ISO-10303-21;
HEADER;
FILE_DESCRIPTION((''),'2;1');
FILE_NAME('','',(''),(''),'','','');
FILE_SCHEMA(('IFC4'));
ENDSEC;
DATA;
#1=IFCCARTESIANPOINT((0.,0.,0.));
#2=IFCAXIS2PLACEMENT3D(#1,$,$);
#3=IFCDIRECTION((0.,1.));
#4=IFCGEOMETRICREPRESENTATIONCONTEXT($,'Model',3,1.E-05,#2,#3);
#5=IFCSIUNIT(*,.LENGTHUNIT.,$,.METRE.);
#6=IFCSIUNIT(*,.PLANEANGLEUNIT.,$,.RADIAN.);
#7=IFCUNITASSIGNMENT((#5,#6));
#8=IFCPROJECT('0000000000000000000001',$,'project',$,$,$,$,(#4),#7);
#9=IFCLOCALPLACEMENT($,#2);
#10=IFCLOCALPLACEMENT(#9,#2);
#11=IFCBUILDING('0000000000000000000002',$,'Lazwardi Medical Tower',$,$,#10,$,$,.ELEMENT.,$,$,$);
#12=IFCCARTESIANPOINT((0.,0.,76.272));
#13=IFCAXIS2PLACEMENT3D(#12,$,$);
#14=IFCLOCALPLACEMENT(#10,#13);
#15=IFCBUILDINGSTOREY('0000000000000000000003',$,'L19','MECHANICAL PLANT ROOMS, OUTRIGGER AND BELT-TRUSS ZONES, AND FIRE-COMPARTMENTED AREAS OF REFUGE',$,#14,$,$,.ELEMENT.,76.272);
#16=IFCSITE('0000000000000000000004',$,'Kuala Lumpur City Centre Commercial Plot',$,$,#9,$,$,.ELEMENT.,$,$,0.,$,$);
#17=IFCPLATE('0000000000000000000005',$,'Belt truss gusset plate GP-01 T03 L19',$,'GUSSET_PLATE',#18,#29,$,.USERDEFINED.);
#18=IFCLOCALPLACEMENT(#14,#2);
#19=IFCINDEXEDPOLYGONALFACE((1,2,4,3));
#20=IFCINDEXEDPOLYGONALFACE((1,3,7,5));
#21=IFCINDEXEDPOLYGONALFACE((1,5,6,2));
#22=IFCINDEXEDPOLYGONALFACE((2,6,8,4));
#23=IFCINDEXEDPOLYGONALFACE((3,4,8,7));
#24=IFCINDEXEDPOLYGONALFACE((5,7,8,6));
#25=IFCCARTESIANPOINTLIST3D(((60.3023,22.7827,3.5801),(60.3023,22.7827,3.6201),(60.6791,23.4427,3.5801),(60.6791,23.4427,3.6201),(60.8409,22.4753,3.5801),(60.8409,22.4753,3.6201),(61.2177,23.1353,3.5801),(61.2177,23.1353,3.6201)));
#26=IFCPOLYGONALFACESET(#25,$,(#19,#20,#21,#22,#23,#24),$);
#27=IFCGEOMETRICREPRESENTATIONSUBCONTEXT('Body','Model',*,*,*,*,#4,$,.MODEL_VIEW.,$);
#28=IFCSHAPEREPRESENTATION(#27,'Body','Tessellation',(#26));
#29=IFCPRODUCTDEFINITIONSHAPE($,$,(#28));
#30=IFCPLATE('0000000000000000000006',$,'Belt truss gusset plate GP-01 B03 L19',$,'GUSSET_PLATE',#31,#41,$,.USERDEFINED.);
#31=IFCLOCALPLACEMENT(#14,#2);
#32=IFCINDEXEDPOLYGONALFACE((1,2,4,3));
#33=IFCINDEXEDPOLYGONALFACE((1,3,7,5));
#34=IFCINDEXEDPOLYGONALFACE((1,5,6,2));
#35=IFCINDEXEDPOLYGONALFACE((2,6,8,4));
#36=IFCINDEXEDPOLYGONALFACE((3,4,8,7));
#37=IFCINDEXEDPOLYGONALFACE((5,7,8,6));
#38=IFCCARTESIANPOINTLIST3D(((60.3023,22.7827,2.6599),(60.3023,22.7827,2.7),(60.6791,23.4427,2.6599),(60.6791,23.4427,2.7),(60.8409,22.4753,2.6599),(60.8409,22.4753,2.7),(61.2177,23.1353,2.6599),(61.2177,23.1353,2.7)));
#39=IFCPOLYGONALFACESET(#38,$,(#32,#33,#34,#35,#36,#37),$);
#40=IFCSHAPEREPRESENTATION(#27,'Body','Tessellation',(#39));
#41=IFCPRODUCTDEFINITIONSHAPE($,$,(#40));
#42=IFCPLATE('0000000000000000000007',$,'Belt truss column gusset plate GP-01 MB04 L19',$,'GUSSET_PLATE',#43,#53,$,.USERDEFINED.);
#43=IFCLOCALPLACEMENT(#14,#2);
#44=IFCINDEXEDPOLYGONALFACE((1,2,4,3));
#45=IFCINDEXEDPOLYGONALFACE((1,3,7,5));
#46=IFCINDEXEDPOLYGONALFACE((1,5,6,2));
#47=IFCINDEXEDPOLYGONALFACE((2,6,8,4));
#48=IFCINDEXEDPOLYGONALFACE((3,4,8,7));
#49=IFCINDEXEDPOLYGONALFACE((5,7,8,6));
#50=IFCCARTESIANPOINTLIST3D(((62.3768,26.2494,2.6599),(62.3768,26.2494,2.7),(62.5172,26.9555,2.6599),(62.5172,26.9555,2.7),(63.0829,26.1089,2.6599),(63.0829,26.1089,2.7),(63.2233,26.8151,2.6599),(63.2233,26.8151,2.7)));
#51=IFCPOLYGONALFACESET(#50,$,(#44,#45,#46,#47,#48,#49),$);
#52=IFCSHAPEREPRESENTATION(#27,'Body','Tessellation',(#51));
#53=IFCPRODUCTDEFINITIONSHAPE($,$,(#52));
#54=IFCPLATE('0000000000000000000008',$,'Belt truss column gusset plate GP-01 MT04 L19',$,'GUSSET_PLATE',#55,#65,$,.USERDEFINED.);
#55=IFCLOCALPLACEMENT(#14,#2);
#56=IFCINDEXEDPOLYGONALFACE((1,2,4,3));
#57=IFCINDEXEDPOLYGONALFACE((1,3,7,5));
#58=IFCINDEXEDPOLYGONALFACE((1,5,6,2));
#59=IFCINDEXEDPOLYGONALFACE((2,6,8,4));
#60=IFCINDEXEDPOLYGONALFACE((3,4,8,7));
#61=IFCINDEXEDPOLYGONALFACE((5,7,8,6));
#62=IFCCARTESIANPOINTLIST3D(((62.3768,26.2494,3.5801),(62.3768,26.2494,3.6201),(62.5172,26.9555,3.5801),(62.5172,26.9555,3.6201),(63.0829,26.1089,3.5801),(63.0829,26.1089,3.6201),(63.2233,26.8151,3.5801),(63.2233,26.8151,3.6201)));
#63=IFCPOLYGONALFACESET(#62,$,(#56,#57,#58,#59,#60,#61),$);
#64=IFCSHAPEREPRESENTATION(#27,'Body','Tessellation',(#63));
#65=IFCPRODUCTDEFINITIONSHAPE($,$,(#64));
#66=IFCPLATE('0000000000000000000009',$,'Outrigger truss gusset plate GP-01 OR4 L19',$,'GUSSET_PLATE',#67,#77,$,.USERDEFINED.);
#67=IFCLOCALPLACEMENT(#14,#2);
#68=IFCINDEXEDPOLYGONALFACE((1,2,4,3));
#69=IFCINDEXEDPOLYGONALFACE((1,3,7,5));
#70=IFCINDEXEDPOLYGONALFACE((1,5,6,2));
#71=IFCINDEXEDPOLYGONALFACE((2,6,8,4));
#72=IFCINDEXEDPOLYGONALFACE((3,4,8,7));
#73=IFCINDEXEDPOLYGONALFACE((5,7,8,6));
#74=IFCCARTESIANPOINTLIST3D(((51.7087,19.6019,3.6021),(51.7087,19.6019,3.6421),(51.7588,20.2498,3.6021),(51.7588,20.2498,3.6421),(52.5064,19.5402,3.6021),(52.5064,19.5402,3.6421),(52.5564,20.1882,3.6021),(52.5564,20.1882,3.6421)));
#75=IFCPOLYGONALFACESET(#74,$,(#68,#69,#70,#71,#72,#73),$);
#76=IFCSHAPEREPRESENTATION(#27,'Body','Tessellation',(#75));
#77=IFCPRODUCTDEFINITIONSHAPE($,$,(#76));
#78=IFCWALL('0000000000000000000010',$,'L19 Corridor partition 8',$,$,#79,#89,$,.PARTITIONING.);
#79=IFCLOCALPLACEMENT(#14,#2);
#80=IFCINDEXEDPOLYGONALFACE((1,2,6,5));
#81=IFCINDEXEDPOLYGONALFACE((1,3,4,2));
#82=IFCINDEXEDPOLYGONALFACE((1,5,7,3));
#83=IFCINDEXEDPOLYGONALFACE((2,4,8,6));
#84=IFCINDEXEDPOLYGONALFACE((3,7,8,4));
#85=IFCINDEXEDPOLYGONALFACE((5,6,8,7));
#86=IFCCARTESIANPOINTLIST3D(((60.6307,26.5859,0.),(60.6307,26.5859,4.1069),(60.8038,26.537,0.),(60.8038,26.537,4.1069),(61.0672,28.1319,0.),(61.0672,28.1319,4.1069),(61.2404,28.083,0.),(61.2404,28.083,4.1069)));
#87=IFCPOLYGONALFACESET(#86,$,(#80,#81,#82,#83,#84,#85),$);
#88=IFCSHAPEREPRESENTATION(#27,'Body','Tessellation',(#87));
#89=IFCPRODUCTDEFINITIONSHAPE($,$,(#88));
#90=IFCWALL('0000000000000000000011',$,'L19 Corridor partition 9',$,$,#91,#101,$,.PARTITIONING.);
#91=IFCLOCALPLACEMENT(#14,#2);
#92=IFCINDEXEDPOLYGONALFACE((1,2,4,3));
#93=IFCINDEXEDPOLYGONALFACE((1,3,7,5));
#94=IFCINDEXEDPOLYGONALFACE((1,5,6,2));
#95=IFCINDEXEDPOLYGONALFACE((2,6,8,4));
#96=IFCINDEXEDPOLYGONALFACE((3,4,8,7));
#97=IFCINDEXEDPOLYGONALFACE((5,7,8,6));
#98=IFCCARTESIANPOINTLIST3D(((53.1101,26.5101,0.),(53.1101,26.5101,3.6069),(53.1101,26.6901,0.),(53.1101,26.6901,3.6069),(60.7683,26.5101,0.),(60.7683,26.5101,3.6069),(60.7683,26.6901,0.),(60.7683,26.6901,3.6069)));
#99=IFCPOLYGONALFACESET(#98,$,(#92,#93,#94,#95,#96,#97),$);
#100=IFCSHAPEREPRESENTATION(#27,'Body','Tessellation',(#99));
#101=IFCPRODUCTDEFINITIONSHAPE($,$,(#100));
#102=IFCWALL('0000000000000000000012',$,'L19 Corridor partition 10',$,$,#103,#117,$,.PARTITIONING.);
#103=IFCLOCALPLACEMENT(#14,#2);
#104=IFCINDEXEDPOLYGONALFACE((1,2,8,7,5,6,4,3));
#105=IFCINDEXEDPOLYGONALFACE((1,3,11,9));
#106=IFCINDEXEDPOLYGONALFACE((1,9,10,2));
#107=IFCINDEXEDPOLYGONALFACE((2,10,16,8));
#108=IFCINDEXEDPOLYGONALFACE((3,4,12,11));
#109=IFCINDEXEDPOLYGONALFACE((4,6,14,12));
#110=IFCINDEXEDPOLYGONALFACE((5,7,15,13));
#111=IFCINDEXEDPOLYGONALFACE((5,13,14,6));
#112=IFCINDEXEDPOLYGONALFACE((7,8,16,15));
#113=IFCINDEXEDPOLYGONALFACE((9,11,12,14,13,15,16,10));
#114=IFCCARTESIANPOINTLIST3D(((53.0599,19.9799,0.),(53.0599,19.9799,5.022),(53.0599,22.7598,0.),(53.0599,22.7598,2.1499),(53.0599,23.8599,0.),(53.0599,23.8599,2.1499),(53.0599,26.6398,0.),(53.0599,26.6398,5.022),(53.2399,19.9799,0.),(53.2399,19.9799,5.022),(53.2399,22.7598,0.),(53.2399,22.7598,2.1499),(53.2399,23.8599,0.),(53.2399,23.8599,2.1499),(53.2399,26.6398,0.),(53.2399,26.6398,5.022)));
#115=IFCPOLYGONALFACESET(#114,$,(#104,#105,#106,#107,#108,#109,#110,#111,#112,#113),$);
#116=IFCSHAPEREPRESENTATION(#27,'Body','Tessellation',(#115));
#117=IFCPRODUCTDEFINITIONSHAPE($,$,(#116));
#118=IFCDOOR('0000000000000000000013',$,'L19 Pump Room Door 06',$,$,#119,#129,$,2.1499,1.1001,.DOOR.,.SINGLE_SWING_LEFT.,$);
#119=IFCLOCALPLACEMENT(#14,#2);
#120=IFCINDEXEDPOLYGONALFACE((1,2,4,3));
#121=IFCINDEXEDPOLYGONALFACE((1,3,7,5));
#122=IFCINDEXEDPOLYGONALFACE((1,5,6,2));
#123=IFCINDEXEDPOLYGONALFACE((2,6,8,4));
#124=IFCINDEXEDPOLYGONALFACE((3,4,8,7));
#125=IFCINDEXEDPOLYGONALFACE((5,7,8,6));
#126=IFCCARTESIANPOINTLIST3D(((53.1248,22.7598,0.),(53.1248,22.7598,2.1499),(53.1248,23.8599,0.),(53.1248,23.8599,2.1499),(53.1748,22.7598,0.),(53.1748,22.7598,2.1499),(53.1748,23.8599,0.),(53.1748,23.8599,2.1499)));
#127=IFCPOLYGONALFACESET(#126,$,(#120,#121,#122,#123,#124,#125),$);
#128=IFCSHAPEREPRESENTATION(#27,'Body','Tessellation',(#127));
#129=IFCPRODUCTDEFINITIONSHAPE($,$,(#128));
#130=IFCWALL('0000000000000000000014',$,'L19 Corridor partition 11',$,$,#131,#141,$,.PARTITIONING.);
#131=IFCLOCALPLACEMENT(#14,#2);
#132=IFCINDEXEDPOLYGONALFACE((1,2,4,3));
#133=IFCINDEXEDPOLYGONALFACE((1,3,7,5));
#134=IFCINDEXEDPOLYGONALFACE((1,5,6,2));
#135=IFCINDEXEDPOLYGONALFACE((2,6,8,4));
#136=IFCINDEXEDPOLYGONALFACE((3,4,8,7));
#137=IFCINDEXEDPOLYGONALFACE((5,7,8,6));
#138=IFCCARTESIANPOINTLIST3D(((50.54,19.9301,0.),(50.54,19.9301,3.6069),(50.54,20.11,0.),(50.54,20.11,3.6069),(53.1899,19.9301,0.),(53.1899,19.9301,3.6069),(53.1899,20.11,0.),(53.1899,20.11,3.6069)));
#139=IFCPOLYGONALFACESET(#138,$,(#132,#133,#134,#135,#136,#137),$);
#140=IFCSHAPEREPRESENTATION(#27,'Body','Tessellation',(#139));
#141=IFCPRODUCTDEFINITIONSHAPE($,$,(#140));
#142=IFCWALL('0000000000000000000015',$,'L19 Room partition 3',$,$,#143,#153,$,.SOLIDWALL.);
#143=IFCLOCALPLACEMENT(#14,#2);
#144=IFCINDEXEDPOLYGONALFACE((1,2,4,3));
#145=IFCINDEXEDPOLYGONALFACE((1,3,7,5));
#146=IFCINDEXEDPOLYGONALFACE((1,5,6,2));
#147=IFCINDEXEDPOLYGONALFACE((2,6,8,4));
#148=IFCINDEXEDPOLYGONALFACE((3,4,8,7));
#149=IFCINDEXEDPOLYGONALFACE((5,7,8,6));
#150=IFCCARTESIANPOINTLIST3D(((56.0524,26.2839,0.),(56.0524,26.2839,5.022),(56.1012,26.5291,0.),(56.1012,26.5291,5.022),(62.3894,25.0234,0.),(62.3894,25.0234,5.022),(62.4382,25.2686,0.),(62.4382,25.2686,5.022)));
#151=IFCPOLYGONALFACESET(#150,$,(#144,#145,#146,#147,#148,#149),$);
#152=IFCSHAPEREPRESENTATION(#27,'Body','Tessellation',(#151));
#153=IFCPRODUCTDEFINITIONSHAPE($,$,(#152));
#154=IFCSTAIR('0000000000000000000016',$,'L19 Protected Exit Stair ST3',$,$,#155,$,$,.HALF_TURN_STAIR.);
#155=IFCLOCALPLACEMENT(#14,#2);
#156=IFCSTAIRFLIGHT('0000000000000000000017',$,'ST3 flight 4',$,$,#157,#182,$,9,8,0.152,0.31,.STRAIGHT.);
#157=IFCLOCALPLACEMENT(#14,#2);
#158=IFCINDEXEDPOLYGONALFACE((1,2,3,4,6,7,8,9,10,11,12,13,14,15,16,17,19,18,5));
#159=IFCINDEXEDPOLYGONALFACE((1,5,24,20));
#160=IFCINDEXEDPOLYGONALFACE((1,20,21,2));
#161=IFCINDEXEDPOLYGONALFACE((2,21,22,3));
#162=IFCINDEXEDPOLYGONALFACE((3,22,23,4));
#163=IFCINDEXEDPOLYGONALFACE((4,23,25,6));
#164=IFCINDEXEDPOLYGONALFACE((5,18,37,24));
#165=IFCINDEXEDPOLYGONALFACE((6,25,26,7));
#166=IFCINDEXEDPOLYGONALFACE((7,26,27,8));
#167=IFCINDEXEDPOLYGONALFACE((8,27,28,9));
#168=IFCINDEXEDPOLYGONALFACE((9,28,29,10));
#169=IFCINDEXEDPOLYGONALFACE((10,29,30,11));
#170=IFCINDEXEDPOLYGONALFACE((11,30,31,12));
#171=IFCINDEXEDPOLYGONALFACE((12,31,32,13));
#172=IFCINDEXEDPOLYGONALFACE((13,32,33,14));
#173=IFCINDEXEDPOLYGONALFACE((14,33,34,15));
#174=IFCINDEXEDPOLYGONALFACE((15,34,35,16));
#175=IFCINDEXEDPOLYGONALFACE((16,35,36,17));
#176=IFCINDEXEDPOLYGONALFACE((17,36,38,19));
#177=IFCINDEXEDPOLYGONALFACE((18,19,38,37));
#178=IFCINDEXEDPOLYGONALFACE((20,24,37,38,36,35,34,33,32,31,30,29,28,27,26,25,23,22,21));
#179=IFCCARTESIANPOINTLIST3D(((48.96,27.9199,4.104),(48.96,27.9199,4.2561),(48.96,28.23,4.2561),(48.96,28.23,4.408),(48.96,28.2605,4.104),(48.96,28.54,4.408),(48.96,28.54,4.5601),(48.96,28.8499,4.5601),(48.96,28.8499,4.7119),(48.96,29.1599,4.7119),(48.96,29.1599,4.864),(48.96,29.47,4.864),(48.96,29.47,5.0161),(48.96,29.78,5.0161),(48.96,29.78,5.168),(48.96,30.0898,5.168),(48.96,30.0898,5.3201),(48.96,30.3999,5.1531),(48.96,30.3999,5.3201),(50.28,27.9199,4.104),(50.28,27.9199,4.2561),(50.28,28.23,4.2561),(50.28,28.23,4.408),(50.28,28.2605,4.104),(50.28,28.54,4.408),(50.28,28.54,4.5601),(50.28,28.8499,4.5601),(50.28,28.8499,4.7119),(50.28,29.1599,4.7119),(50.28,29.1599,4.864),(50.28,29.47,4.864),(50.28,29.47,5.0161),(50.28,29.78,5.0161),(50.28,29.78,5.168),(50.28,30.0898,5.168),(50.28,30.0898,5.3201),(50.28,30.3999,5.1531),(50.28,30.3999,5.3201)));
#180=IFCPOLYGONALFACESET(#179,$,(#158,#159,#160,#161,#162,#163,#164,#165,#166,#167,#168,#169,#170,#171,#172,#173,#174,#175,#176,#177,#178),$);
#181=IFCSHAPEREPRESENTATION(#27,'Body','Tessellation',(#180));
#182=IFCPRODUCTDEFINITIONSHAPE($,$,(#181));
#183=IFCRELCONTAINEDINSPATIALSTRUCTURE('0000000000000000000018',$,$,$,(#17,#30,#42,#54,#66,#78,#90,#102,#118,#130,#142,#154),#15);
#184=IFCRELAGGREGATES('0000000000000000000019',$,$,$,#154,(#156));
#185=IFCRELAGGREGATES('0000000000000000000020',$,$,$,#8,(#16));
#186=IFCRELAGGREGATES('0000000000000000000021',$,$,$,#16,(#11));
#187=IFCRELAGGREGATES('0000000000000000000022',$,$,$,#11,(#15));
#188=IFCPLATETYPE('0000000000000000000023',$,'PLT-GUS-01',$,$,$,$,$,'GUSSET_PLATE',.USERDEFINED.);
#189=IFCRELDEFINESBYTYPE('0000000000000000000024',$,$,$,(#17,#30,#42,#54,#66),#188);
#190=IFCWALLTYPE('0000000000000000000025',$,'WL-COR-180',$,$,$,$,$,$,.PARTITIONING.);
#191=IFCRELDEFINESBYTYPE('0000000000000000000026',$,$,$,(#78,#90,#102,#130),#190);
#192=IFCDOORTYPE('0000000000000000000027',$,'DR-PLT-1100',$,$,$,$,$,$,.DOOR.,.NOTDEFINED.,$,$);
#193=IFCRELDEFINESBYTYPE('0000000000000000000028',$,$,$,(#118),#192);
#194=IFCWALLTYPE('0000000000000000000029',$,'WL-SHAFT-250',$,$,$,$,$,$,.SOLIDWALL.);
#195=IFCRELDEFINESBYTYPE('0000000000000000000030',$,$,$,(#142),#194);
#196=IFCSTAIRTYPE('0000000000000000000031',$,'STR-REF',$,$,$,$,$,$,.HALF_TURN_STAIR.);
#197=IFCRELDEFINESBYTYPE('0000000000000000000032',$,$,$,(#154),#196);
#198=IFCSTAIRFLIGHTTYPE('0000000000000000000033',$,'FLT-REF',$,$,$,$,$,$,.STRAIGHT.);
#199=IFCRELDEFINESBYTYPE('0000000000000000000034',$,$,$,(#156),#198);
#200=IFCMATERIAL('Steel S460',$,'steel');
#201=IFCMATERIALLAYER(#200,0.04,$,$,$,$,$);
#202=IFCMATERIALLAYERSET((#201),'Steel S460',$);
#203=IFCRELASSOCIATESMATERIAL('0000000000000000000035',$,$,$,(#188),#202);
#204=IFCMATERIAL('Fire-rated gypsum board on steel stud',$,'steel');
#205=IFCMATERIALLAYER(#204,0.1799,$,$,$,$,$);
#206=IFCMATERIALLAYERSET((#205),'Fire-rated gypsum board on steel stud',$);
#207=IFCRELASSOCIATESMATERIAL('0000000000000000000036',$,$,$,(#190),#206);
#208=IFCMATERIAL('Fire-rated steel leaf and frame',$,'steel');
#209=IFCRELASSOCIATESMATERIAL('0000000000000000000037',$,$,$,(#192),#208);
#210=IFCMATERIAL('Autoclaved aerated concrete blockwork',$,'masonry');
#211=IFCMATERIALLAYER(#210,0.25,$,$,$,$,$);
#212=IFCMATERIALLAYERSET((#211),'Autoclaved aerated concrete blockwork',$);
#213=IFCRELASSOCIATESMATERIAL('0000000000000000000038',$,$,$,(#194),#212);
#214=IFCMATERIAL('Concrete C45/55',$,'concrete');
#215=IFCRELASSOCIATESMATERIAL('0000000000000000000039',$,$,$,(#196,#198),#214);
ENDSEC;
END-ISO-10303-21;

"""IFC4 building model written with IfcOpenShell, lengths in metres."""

from ifc_helpers import new_model, si_unit, direction, frame, frame_2d, origin, origin_2d, place, context, subcontext, project, spatial, polyline, rectangle, outline, extrude, material, layer, layer_set, type_object, element, fill, aggregate, save


model = new_model("IFC4")

# Units and contexts
model_context = context("Model", 3, precision=1e-05, world=origin(), true_north=direction((0.0, 1.0)))
body_context = subcontext(model_context, "Body", "Model", "MODEL_VIEW")
ifc_project = project(units=[si_unit("LENGTHUNIT", "METRE"), si_unit("PLANEANGLEUNIT", "RADIAN")], contexts=[model_context])

# Site, building, storey
site_placement = place(None, origin())
site = spatial("IfcSite", under=ifc_project, at=site_placement, Name="Kuala Lumpur City Centre Commercial Plot", CompositionType="ELEMENT", RefElevation=0.0)
building_placement = place(site_placement, origin())
building = spatial("IfcBuilding", under=site, at=building_placement, Name="Lazwardi Medical Tower", CompositionType="ELEMENT")
storey_placement = place(building_placement, frame((0.0, 0.0, 76.272)))
storey = spatial("IfcBuildingStorey", under=building, at=storey_placement, Name="L19", Description="MECHANICAL PLANT ROOMS, OUTRIGGER AND BELT-TRUSS ZONES, AND FIRE-COMPARTMENTED AREAS OF REFUGE", CompositionType="ELEMENT", Elevation=76.272)

# Shared definitions
ifc_material_1 = material(Name="Steel S460", Category="steel")

# Plates
ifc_layer_1 = layer(ifc_material_1, 0.04)
ifc_layer_set_1 = layer_set([ifc_layer_1], Name="Steel S460")
plate_type = type_object("IfcPlateType", Name="PLT-GUS-01", ElementType="GUSSET_PLATE", PredefinedType="USERDEFINED", material=ifc_layer_set_1)
for number, where, z_axis, x_axis, name in (
    (1, (60.76, 22.959, 3.5801), (0.0, 0.0, 1.0), (0.495762, 0.868459, 0.0), "Belt truss gusset plate GP-01 T03 L19"),
    (2, (60.76, 22.959, 2.6599), (0.0, 0.0, 1.0), (0.495762, 0.868459, 0.0), "Belt truss gusset plate GP-01 B03 L19"),
):
    element("IfcPlate", number, at=place(storey_placement, frame(where, z_axis=z_axis, x_axis=x_axis)), inside=storey, type_object=plate_type, Name=name, ObjectType="GUSSET_PLATE", PredefinedType="USERDEFINED", context=body_context, shape_type="SweptSolid", body=[
        extrude(rectangle(XDim=0.76, YDim=0.6201, at=origin_2d()), origin(), (0.0, 0.0, 1.0), 0.04),
    ])
for number, where, z_axis, x_axis, name in (
    (3, (62.8, 26.5322, 2.6599), (0.0, 0.0, 1.0), (0.980785, -0.19509, 0.0), "Belt truss column gusset plate GP-01 MB04 L19"),
    (4, (62.8, 26.5322, 3.5801), (0.0, 0.0, 1.0), (0.980785, -0.19509, 0.0), "Belt truss column gusset plate GP-01 MT04 L19"),
):
    element("IfcPlate", number, at=place(storey_placement, frame(where, z_axis=z_axis, x_axis=x_axis)), inside=storey, type_object=plate_type, Name=name, ObjectType="GUSSET_PLATE", PredefinedType="USERDEFINED", context=body_context, shape_type="SweptSolid", body=[
        extrude(rectangle(XDim=0.72, YDim=0.72, at=origin_2d()), origin(), (0.0, 0.0, 1.0), 0.04),
    ])
plate_placement = place(storey_placement, frame((52.1326, 19.895, 3.6021), z_axis=(0.0, 0.0, 1.0), x_axis=(0.997026, -0.077067, 0.0)))
element("IfcPlate", 5, at=plate_placement, inside=storey, type_object=plate_type, Name="Outrigger truss gusset plate GP-01 OR4 L19", ObjectType="GUSSET_PLATE", PredefinedType="USERDEFINED", context=body_context, shape_type="SweptSolid", body=[
    extrude(rectangle(XDim=0.8, YDim=0.6499, at=origin_2d()), origin(), (0.0, 0.0, 1.0), 0.04),
])

# Walls
ifc_material_2 = material(Name="Fire-rated gypsum board on steel stud", Category="steel")
ifc_layer_2 = layer(ifc_material_2, 0.1799)
ifc_layer_set_2 = layer_set([ifc_layer_2], Name="Fire-rated gypsum board on steel stud")
wall_type_1 = type_object("IfcWallType", Name="WL-COR-180", PredefinedType="PARTITIONING", material=ifc_layer_set_2)
wall_1_placement = place(storey_placement, frame((61.1538, 28.1074, 0.0), z_axis=(0.0, 0.0, 1.0), x_axis=(-0.271749, -0.962368, 0.0)))
element("IfcWall", 6, at=wall_1_placement, inside=storey, type_object=wall_type_1, Name="L19 Corridor partition 8", PredefinedType="PARTITIONING", context=body_context, shape_type="SweptSolid", body=[
    extrude(rectangle(XDim=1.6064, YDim=0.1799, at=frame_2d((0.8032, 0.0))), origin(), (0.0, 0.0, 1.0), 4.1069),
])
wall_2_placement = place(storey_placement, frame((60.7683, 26.6001, 0.0), z_axis=(0.0, 0.0, 1.0), x_axis=(-1.0, 0.0, 0.0)))
element("IfcWall", 7, at=wall_2_placement, inside=storey, type_object=wall_type_1, Name="L19 Corridor partition 9", PredefinedType="PARTITIONING", context=body_context, shape_type="SweptSolid", body=[
    extrude(rectangle(XDim=7.6582, YDim=0.1799, at=frame_2d((3.8291, 0.0))), origin(), (0.0, 0.0, 1.0), 3.6069),
])

# Wall, opening, door
wall_3_placement = place(storey_placement, frame((53.1499, 26.6399, 0.0), z_axis=(0.0, 0.0, 1.0), x_axis=(0.0, -1.0, 0.0)))
wall_3 = element("IfcWall", 8, at=wall_3_placement, inside=storey, type_object=wall_type_1, Name="L19 Corridor partition 10", PredefinedType="PARTITIONING", context=body_context, shape_type="SweptSolid", body=[
    extrude(rectangle(XDim=6.6599, YDim=0.1799, at=frame_2d((3.3301, 0.0))), origin(), (0.0, 0.0, 1.0), 5.022),
])
opening_placement = place(wall_3_placement, frame((2.78, 0.0, 0.0)))
opening = element("IfcOpeningElement", 9, at=opening_placement, cuts=wall_3, PredefinedType="OPENING", context=body_context, shape_type="SweptSolid", body=[
    extrude(rectangle(XDim=1.1001, YDim=2.1499, at=frame_2d((0.55, 1.075))), frame((0.0, 0.0999, 0.0), z_axis=(0.0, -1.0, 0.0), x_axis=(1.0, 0.0, 0.0)), (0.0, 0.0, 1.0), 0.2),
])
ifc_material_3 = material(Name="Fire-rated steel leaf and frame", Category="steel")
door_type = type_object("IfcDoorType", Name="DR-PLT-1100", OperationType="NOTDEFINED", PredefinedType="DOOR", material=ifc_material_3)
door_placement = place(opening_placement, origin())
door = element("IfcDoor", 10, at=door_placement, inside=storey, type_object=door_type, Name="L19 Pump Room Door 06", OperationType="SINGLE_SWING_LEFT", OverallHeight=2.1499, OverallWidth=1.1001, PredefinedType="DOOR", context=body_context, shape_type="SweptSolid", body=[
    extrude(rectangle(XDim=1.1001, YDim=2.1499, at=frame_2d((0.55, 1.075))), frame((0.0, 0.0249, 0.0), z_axis=(0.0, -1.0, 0.0), x_axis=(1.0, 0.0, 0.0)), (0.0, 0.0, 1.0), 0.05),
])
fill(opening, door)

# Walls
wall_4_placement = place(storey_placement, frame((53.1899, 20.02, 0.0), z_axis=(0.0, 0.0, 1.0), x_axis=(-1.0, 0.0, 0.0)))
element("IfcWall", 11, at=wall_4_placement, inside=storey, type_object=wall_type_1, Name="L19 Corridor partition 11", PredefinedType="PARTITIONING", context=body_context, shape_type="SweptSolid", body=[
    extrude(rectangle(XDim=2.6499, YDim=0.1799, at=frame_2d((1.325, 0.0))), origin(), (0.0, 0.0, 1.0), 3.6069),
])
ifc_material_4 = material(Name="Autoclaved aerated concrete blockwork", Category="masonry")
ifc_layer_3 = layer(ifc_material_4, 0.25)
ifc_layer_set_3 = layer_set([ifc_layer_3], Name="Autoclaved aerated concrete blockwork")
wall_type_2 = type_object("IfcWallType", Name="WL-SHAFT-250", PredefinedType="SOLIDWALL", material=ifc_layer_set_3)
wall_5_placement = place(storey_placement, frame((56.0769, 26.4065, 0.0), z_axis=(0.0, 0.0, 1.0), x_axis=(0.980786, -0.195084, 0.0)))
element("IfcWall", 12, at=wall_5_placement, inside=storey, type_object=wall_type_2, Name="L19 Room partition 3", PredefinedType="SOLIDWALL", context=body_context, shape_type="SweptSolid", body=[
    extrude(rectangle(XDim=6.4612, YDim=0.25, at=frame_2d((3.2305, 0.0))), origin(), (0.0, 0.0, 1.0), 5.022),
])

# Stair, stair flight
ifc_material_5 = material(Name="Concrete C45/55", Category="concrete")
stair_type = type_object("IfcStairType", Name="STR-REF", PredefinedType="HALF_TURN_STAIR", material=ifc_material_5)
stair_placement = place(storey_placement, origin())
stair = element("IfcStair", 13, at=stair_placement, inside=storey, type_object=stair_type, Name="L19 Protected Exit Stair ST3", PredefinedType="HALF_TURN_STAIR")
stair_flight_type = type_object("IfcStairFlightType", Name="FLT-REF", PredefinedType="STRAIGHT", material=ifc_material_5)
stair_flight_placement = place(storey_placement, frame((49.6201, 27.9199, 4.104), z_axis=(0.0, 0.0, 1.0), x_axis=(0.0, 1.0, 0.0)))
stair_flight = element("IfcStairFlight", 14, at=stair_flight_placement, type_object=stair_flight_type, Name="ST3 flight 4", NumberOfRisers=9, NumberOfTreads=8, PredefinedType="STRAIGHT", RiserHeight=0.152, TreadLength=0.31, context=body_context, shape_type="SweptSolid", body=[
    extrude(outline(polyline([(0.0, 0.0), (0.0, 0.1521), (0.3101, 0.1521), (0.3101, 0.304), (0.6201, 0.304), (0.6201, 0.4561), (0.9299, 0.4561), (0.9299, 0.6079), (1.24, 0.6079), (1.24, 0.76), (1.55, 0.76), (1.55, 0.9121), (1.8601, 0.9121), (1.8601, 1.064), (2.1699, 1.064), (2.1699, 1.2161), (2.48, 1.2161), (2.48, 1.3679), (2.48, 1.0491), (0.3406, 0.0), (0.0, 0.0)])), frame((0.0, 0.6602, 0.0), z_axis=(0.0, -1.0, 0.0), x_axis=(1.0, 0.0, 0.0)), (0.0, 0.0, 1.0), 1.3201),
])
aggregate(stair, [stair_flight])

save(model, "model.ifc")
